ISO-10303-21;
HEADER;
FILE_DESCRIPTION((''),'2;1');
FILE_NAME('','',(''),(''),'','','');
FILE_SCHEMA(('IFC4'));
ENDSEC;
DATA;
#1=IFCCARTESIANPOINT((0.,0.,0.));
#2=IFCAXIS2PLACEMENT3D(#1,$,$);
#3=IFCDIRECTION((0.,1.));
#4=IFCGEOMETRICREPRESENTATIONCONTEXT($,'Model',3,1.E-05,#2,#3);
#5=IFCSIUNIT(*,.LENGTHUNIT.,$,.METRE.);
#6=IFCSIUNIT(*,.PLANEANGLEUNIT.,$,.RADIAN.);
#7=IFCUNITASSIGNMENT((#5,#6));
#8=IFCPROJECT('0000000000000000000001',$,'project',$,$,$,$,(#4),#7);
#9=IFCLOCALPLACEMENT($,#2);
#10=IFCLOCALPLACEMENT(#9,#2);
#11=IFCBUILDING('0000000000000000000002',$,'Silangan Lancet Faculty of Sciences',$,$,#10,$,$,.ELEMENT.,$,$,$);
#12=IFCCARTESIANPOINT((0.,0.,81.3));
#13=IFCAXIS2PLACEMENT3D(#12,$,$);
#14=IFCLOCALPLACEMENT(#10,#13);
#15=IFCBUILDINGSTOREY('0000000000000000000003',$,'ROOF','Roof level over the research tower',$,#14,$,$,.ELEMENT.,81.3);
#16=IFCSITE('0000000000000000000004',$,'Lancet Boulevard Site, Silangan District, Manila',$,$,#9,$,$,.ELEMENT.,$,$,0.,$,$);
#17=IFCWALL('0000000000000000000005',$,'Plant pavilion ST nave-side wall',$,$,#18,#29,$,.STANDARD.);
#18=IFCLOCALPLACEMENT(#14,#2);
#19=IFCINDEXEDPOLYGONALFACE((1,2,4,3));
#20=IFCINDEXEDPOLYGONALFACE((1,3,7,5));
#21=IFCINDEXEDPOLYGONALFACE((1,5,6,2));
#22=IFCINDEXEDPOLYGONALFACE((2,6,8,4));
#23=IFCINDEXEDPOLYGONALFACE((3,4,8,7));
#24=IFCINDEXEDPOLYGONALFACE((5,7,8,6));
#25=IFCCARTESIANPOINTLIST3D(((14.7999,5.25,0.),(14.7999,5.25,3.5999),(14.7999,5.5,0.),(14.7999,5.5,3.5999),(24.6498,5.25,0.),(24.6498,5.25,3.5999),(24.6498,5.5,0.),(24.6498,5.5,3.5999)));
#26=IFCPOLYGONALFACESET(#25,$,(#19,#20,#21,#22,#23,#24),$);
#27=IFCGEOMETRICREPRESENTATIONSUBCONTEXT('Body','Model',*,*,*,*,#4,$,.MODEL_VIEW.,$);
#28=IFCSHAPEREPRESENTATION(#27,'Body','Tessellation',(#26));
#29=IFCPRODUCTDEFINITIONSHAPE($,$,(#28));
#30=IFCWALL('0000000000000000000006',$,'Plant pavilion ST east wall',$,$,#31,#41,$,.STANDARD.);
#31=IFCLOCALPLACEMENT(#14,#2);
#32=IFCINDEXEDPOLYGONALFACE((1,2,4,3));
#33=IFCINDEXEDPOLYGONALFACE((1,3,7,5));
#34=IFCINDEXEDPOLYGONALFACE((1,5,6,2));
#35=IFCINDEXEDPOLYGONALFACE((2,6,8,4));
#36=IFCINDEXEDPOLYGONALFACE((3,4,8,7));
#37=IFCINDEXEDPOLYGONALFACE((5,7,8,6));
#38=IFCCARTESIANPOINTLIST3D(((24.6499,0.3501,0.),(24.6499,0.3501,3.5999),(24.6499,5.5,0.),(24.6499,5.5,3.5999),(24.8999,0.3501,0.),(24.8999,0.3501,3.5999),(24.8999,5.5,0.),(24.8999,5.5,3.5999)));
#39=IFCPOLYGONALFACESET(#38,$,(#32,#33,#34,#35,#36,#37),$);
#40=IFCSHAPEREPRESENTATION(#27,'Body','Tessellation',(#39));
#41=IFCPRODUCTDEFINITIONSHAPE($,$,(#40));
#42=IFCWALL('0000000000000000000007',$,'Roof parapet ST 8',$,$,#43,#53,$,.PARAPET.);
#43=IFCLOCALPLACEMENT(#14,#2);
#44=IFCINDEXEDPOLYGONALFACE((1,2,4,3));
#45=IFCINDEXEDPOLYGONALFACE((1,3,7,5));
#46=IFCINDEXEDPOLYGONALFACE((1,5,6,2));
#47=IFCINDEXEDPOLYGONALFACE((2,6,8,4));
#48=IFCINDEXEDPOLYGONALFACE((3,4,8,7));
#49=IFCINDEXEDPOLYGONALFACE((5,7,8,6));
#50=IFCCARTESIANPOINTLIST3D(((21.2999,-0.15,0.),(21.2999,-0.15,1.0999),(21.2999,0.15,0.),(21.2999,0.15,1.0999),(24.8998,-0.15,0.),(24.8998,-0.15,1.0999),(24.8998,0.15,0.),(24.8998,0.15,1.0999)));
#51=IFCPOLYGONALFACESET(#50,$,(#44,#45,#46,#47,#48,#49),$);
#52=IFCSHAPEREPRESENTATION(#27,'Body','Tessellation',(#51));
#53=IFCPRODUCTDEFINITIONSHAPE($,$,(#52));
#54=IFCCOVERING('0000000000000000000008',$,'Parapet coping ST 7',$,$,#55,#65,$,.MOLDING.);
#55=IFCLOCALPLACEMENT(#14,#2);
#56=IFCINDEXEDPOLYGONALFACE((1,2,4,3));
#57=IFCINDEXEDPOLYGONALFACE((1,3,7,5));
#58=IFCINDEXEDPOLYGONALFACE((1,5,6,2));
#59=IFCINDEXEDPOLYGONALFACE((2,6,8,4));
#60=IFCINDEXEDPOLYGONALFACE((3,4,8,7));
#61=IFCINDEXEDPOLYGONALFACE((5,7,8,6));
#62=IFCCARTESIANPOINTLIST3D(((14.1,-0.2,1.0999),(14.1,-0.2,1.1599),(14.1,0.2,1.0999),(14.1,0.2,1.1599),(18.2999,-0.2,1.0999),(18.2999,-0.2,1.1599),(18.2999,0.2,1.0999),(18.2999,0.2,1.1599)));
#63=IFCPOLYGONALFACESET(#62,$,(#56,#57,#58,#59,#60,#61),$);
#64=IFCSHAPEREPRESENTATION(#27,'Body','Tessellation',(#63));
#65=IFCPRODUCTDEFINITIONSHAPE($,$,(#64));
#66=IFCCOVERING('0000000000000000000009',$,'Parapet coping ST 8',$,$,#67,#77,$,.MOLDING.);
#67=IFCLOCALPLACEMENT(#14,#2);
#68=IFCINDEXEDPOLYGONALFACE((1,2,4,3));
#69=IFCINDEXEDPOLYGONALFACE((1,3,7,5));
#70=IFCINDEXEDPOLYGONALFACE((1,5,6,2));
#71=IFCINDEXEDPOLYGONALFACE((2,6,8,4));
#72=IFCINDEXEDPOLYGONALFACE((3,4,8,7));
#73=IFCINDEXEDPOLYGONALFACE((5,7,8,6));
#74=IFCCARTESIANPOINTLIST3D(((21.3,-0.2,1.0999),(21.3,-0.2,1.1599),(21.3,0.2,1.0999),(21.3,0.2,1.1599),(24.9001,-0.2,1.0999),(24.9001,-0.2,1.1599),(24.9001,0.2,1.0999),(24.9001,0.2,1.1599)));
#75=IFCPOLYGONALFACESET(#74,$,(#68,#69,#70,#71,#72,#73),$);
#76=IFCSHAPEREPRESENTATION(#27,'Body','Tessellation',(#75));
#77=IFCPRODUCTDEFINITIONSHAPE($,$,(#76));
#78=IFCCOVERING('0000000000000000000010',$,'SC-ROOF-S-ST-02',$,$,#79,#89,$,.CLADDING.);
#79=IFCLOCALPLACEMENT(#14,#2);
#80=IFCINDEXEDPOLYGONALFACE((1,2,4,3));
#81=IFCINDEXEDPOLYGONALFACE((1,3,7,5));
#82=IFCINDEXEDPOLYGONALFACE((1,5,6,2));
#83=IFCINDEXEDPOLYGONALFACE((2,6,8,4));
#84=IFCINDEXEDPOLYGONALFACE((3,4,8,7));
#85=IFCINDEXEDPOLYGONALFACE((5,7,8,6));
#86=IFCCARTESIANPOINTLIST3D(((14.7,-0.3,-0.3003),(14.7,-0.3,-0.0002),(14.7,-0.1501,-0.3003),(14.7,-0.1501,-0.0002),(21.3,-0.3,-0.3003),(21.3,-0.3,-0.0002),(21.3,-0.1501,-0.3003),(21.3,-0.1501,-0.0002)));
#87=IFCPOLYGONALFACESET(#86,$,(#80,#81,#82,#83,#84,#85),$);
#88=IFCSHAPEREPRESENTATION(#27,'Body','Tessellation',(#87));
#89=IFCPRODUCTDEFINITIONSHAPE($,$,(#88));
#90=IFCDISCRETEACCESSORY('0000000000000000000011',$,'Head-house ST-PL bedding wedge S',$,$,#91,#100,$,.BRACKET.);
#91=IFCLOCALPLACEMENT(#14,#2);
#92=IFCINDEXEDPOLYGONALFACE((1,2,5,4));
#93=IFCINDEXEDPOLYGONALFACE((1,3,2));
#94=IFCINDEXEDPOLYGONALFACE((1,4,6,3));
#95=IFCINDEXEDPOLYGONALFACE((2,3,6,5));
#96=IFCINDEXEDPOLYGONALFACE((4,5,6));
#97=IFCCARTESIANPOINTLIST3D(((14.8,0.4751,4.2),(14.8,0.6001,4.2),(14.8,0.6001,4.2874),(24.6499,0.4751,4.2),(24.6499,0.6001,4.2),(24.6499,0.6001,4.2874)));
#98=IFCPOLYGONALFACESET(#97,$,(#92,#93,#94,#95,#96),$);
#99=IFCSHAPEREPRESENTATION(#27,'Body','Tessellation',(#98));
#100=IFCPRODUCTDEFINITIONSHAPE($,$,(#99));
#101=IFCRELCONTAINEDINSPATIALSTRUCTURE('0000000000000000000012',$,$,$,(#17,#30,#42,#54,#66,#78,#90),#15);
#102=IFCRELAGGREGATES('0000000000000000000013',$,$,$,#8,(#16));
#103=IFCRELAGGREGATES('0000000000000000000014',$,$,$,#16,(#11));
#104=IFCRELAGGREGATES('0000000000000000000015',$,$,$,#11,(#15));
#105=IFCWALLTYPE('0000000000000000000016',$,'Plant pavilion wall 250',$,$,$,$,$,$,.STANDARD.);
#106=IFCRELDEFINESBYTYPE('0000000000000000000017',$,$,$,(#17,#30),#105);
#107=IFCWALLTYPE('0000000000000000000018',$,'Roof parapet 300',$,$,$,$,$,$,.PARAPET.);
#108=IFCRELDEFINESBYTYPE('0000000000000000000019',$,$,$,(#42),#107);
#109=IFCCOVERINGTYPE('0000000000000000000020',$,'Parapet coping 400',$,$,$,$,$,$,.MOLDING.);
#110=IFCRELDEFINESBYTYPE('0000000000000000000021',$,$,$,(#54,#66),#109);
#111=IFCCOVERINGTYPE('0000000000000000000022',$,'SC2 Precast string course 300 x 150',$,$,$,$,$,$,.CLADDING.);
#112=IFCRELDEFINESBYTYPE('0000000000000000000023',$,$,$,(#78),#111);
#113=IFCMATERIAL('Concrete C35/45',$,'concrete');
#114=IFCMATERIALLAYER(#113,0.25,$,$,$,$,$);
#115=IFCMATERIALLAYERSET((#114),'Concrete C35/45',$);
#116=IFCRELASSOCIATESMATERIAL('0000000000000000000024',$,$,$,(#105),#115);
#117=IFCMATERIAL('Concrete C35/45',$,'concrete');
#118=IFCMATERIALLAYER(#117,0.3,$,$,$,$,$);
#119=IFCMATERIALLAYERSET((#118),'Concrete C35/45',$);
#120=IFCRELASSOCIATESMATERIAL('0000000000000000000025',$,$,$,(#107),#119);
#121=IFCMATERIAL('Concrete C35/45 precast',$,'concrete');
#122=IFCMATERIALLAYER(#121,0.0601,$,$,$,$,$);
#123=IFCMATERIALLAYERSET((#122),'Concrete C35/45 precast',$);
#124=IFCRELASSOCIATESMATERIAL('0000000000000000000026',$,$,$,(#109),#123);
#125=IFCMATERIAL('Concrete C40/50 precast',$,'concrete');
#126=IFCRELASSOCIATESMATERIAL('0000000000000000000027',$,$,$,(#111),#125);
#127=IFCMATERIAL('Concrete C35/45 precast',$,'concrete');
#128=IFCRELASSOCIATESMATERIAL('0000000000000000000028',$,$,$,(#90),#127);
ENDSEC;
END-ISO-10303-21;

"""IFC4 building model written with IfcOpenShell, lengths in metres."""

from ifc_helpers import new_model, si_unit, direction, frame, frame_2d, origin, origin_2d, place, context, subcontext, project, spatial, polyline, rectangle, outline, extrude, material, layer, layer_set, type_object, element, save


model = new_model("IFC4")

# Units and contexts
model_context = context("Model", 3, precision=1e-05, world=origin(), true_north=direction((0.0, 1.0)))
body_context = subcontext(model_context, "Body", "Model", "MODEL_VIEW")
ifc_project = project(units=[si_unit("LENGTHUNIT", "METRE"), si_unit("PLANEANGLEUNIT", "RADIAN")], contexts=[model_context])

# Site, building, storey
site_placement = place(None, origin())
site = spatial("IfcSite", under=ifc_project, at=site_placement, Name="Lancet Boulevard Site, Silangan District, Manila", CompositionType="ELEMENT", RefElevation=0.0)
building_placement = place(site_placement, origin())
building = spatial("IfcBuilding", under=site, at=building_placement, Name="Silangan Lancet Faculty of Sciences", CompositionType="ELEMENT")
storey_placement = place(building_placement, frame((0.0, 0.0, 81.3)))
storey = spatial("IfcBuildingStorey", under=building, at=storey_placement, Name="ROOF", Description="Roof level over the research tower", CompositionType="ELEMENT", Elevation=81.3)

# Walls
ifc_material_1 = material(Name="Concrete C35/45", Category="concrete")
ifc_layer_1 = layer(ifc_material_1, 0.25)
ifc_layer_set_1 = layer_set([ifc_layer_1], Name="Concrete C35/45")
wall_type_1 = type_object("IfcWallType", Name="Plant pavilion wall 250", PredefinedType="STANDARD", material=ifc_layer_set_1)
for number, where, z_axis, x_axis, name in (
    (1, (14.8, 5.375, 0.0), (0.0, 0.0, 1.0), (1.0, 0.0, 0.0), "Plant pavilion ST nave-side wall"),
):
    element("IfcWall", number, at=place(storey_placement, frame(where, z_axis=z_axis, x_axis=x_axis)), inside=storey, type_object=wall_type_1, Name=name, PredefinedType="STANDARD", context=body_context, shape_type="SweptSolid", body=[
        extrude(rectangle(XDim=9.8499, YDim=0.25, at=frame_2d((4.9248, 0.0))), origin(), (0.0, 0.0, 1.0), 3.5999),
    ])
wall_1_placement = place(storey_placement, frame((24.7749, 0.3501, 0.0), z_axis=(0.0, 0.0, 1.0), x_axis=(0.0, 1.0, 0.0)))
element("IfcWall", 2, at=wall_1_placement, inside=storey, type_object=wall_type_1, Name="Plant pavilion ST east wall", PredefinedType="STANDARD", context=body_context, shape_type="SweptSolid", body=[
    extrude(rectangle(XDim=5.1499, YDim=0.25, at=frame_2d((2.575, 0.0))), origin(), (0.0, 0.0, 1.0), 3.5999),
])
ifc_material_2 = material(Name="Concrete C35/45", Category="concrete")
ifc_layer_2 = layer(ifc_material_2, 0.3)
ifc_layer_set_2 = layer_set([ifc_layer_2], Name="Concrete C35/45")
wall_type_2 = type_object("IfcWallType", Name="Roof parapet 300", PredefinedType="PARAPET", material=ifc_layer_set_2)
wall_2_placement = place(storey_placement, frame((21.3, 0.0, 0.0), z_axis=(0.0, 0.0, 1.0), x_axis=(1.0, 0.0, 0.0)))
element("IfcWall", 3, at=wall_2_placement, inside=storey, type_object=wall_type_2, Name="Roof parapet ST 8", PredefinedType="PARAPET", context=body_context, shape_type="SweptSolid", body=[
    extrude(rectangle(XDim=3.5999, YDim=0.3, at=frame_2d((1.7998, 0.0))), origin(), (0.0, 0.0, 1.0), 1.0999),
])

# Coverings
ifc_material_3 = material(Name="Concrete C35/45 precast", Category="concrete")
ifc_layer_3 = layer(ifc_material_3, 0.0601)
ifc_layer_set_3 = layer_set([ifc_layer_3], Name="Concrete C35/45 precast")
covering_type_1 = type_object("IfcCoveringType", Name="Parapet coping 400", PredefinedType="MOLDING", material=ifc_layer_set_3)
covering_1_placement = place(storey_placement, frame((16.2, 0.0, 1.0999), z_axis=(0.0, 0.0, 1.0), x_axis=(1.0, 0.0, 0.0)))
element("IfcCovering", 4, at=covering_1_placement, inside=storey, type_object=covering_type_1, Name="Parapet coping ST 7", PredefinedType="MOLDING", context=body_context, shape_type="SweptSolid", body=[
    extrude(rectangle(XDim=4.2, YDim=0.3999, at=origin_2d()), origin(), (0.0, 0.0, 1.0), 0.0601),
])
covering_2_placement = place(storey_placement, frame((23.1001, 0.0, 1.0999), z_axis=(0.0, 0.0, 1.0), x_axis=(1.0, 0.0, 0.0)))
element("IfcCovering", 5, at=covering_2_placement, inside=storey, type_object=covering_type_1, Name="Parapet coping ST 8", PredefinedType="MOLDING", context=body_context, shape_type="SweptSolid", body=[
    extrude(rectangle(XDim=3.6001, YDim=0.3999, at=origin_2d()), origin(), (0.0, 0.0, 1.0), 0.0601),
])
ifc_material_4 = material(Name="Concrete C40/50 precast", Category="concrete")
covering_type_2 = type_object("IfcCoveringType", Name="SC2 Precast string course 300 x 150", PredefinedType="CLADDING", material=ifc_material_4)
covering_3_placement = place(storey_placement, frame((18.0, -0.2251, -0.3003), z_axis=(0.0, 0.0, 1.0), x_axis=(1.0, 0.0, 0.0)))
element("IfcCovering", 6, at=covering_3_placement, inside=storey, type_object=covering_type_2, Name="SC-ROOF-S-ST-02", PredefinedType="CLADDING", context=body_context, shape_type="SweptSolid", body=[
    extrude(rectangle(XDim=6.6001, YDim=0.1499, at=origin_2d()), origin(), (0.0, 0.0, 1.0), 0.3),
])

# Discrete accessory
ifc_material_5 = material(Name="Concrete C35/45 precast", Category="concrete")
discrete_accessory_placement = place(storey_placement, frame((24.6499, 0.4751, 4.2), z_axis=(-1.0, 0.0, 0.0), x_axis=(0.0, -1.0, 0.0)))
element("IfcDiscreteAccessory", 7, at=discrete_accessory_placement, inside=storey, material=ifc_material_5, Name="Head-house ST-PL bedding wedge S", PredefinedType="BRACKET", context=body_context, shape_type="SweptSolid", body=[
    extrude(outline(polyline([(0.0, 0.0), (-0.125, 0.0), (-0.125, 0.0874), (0.0, 0.0)])), origin(), (0.0, 0.0, 1.0), 9.8499),
])

save(model, "model.ifc")
